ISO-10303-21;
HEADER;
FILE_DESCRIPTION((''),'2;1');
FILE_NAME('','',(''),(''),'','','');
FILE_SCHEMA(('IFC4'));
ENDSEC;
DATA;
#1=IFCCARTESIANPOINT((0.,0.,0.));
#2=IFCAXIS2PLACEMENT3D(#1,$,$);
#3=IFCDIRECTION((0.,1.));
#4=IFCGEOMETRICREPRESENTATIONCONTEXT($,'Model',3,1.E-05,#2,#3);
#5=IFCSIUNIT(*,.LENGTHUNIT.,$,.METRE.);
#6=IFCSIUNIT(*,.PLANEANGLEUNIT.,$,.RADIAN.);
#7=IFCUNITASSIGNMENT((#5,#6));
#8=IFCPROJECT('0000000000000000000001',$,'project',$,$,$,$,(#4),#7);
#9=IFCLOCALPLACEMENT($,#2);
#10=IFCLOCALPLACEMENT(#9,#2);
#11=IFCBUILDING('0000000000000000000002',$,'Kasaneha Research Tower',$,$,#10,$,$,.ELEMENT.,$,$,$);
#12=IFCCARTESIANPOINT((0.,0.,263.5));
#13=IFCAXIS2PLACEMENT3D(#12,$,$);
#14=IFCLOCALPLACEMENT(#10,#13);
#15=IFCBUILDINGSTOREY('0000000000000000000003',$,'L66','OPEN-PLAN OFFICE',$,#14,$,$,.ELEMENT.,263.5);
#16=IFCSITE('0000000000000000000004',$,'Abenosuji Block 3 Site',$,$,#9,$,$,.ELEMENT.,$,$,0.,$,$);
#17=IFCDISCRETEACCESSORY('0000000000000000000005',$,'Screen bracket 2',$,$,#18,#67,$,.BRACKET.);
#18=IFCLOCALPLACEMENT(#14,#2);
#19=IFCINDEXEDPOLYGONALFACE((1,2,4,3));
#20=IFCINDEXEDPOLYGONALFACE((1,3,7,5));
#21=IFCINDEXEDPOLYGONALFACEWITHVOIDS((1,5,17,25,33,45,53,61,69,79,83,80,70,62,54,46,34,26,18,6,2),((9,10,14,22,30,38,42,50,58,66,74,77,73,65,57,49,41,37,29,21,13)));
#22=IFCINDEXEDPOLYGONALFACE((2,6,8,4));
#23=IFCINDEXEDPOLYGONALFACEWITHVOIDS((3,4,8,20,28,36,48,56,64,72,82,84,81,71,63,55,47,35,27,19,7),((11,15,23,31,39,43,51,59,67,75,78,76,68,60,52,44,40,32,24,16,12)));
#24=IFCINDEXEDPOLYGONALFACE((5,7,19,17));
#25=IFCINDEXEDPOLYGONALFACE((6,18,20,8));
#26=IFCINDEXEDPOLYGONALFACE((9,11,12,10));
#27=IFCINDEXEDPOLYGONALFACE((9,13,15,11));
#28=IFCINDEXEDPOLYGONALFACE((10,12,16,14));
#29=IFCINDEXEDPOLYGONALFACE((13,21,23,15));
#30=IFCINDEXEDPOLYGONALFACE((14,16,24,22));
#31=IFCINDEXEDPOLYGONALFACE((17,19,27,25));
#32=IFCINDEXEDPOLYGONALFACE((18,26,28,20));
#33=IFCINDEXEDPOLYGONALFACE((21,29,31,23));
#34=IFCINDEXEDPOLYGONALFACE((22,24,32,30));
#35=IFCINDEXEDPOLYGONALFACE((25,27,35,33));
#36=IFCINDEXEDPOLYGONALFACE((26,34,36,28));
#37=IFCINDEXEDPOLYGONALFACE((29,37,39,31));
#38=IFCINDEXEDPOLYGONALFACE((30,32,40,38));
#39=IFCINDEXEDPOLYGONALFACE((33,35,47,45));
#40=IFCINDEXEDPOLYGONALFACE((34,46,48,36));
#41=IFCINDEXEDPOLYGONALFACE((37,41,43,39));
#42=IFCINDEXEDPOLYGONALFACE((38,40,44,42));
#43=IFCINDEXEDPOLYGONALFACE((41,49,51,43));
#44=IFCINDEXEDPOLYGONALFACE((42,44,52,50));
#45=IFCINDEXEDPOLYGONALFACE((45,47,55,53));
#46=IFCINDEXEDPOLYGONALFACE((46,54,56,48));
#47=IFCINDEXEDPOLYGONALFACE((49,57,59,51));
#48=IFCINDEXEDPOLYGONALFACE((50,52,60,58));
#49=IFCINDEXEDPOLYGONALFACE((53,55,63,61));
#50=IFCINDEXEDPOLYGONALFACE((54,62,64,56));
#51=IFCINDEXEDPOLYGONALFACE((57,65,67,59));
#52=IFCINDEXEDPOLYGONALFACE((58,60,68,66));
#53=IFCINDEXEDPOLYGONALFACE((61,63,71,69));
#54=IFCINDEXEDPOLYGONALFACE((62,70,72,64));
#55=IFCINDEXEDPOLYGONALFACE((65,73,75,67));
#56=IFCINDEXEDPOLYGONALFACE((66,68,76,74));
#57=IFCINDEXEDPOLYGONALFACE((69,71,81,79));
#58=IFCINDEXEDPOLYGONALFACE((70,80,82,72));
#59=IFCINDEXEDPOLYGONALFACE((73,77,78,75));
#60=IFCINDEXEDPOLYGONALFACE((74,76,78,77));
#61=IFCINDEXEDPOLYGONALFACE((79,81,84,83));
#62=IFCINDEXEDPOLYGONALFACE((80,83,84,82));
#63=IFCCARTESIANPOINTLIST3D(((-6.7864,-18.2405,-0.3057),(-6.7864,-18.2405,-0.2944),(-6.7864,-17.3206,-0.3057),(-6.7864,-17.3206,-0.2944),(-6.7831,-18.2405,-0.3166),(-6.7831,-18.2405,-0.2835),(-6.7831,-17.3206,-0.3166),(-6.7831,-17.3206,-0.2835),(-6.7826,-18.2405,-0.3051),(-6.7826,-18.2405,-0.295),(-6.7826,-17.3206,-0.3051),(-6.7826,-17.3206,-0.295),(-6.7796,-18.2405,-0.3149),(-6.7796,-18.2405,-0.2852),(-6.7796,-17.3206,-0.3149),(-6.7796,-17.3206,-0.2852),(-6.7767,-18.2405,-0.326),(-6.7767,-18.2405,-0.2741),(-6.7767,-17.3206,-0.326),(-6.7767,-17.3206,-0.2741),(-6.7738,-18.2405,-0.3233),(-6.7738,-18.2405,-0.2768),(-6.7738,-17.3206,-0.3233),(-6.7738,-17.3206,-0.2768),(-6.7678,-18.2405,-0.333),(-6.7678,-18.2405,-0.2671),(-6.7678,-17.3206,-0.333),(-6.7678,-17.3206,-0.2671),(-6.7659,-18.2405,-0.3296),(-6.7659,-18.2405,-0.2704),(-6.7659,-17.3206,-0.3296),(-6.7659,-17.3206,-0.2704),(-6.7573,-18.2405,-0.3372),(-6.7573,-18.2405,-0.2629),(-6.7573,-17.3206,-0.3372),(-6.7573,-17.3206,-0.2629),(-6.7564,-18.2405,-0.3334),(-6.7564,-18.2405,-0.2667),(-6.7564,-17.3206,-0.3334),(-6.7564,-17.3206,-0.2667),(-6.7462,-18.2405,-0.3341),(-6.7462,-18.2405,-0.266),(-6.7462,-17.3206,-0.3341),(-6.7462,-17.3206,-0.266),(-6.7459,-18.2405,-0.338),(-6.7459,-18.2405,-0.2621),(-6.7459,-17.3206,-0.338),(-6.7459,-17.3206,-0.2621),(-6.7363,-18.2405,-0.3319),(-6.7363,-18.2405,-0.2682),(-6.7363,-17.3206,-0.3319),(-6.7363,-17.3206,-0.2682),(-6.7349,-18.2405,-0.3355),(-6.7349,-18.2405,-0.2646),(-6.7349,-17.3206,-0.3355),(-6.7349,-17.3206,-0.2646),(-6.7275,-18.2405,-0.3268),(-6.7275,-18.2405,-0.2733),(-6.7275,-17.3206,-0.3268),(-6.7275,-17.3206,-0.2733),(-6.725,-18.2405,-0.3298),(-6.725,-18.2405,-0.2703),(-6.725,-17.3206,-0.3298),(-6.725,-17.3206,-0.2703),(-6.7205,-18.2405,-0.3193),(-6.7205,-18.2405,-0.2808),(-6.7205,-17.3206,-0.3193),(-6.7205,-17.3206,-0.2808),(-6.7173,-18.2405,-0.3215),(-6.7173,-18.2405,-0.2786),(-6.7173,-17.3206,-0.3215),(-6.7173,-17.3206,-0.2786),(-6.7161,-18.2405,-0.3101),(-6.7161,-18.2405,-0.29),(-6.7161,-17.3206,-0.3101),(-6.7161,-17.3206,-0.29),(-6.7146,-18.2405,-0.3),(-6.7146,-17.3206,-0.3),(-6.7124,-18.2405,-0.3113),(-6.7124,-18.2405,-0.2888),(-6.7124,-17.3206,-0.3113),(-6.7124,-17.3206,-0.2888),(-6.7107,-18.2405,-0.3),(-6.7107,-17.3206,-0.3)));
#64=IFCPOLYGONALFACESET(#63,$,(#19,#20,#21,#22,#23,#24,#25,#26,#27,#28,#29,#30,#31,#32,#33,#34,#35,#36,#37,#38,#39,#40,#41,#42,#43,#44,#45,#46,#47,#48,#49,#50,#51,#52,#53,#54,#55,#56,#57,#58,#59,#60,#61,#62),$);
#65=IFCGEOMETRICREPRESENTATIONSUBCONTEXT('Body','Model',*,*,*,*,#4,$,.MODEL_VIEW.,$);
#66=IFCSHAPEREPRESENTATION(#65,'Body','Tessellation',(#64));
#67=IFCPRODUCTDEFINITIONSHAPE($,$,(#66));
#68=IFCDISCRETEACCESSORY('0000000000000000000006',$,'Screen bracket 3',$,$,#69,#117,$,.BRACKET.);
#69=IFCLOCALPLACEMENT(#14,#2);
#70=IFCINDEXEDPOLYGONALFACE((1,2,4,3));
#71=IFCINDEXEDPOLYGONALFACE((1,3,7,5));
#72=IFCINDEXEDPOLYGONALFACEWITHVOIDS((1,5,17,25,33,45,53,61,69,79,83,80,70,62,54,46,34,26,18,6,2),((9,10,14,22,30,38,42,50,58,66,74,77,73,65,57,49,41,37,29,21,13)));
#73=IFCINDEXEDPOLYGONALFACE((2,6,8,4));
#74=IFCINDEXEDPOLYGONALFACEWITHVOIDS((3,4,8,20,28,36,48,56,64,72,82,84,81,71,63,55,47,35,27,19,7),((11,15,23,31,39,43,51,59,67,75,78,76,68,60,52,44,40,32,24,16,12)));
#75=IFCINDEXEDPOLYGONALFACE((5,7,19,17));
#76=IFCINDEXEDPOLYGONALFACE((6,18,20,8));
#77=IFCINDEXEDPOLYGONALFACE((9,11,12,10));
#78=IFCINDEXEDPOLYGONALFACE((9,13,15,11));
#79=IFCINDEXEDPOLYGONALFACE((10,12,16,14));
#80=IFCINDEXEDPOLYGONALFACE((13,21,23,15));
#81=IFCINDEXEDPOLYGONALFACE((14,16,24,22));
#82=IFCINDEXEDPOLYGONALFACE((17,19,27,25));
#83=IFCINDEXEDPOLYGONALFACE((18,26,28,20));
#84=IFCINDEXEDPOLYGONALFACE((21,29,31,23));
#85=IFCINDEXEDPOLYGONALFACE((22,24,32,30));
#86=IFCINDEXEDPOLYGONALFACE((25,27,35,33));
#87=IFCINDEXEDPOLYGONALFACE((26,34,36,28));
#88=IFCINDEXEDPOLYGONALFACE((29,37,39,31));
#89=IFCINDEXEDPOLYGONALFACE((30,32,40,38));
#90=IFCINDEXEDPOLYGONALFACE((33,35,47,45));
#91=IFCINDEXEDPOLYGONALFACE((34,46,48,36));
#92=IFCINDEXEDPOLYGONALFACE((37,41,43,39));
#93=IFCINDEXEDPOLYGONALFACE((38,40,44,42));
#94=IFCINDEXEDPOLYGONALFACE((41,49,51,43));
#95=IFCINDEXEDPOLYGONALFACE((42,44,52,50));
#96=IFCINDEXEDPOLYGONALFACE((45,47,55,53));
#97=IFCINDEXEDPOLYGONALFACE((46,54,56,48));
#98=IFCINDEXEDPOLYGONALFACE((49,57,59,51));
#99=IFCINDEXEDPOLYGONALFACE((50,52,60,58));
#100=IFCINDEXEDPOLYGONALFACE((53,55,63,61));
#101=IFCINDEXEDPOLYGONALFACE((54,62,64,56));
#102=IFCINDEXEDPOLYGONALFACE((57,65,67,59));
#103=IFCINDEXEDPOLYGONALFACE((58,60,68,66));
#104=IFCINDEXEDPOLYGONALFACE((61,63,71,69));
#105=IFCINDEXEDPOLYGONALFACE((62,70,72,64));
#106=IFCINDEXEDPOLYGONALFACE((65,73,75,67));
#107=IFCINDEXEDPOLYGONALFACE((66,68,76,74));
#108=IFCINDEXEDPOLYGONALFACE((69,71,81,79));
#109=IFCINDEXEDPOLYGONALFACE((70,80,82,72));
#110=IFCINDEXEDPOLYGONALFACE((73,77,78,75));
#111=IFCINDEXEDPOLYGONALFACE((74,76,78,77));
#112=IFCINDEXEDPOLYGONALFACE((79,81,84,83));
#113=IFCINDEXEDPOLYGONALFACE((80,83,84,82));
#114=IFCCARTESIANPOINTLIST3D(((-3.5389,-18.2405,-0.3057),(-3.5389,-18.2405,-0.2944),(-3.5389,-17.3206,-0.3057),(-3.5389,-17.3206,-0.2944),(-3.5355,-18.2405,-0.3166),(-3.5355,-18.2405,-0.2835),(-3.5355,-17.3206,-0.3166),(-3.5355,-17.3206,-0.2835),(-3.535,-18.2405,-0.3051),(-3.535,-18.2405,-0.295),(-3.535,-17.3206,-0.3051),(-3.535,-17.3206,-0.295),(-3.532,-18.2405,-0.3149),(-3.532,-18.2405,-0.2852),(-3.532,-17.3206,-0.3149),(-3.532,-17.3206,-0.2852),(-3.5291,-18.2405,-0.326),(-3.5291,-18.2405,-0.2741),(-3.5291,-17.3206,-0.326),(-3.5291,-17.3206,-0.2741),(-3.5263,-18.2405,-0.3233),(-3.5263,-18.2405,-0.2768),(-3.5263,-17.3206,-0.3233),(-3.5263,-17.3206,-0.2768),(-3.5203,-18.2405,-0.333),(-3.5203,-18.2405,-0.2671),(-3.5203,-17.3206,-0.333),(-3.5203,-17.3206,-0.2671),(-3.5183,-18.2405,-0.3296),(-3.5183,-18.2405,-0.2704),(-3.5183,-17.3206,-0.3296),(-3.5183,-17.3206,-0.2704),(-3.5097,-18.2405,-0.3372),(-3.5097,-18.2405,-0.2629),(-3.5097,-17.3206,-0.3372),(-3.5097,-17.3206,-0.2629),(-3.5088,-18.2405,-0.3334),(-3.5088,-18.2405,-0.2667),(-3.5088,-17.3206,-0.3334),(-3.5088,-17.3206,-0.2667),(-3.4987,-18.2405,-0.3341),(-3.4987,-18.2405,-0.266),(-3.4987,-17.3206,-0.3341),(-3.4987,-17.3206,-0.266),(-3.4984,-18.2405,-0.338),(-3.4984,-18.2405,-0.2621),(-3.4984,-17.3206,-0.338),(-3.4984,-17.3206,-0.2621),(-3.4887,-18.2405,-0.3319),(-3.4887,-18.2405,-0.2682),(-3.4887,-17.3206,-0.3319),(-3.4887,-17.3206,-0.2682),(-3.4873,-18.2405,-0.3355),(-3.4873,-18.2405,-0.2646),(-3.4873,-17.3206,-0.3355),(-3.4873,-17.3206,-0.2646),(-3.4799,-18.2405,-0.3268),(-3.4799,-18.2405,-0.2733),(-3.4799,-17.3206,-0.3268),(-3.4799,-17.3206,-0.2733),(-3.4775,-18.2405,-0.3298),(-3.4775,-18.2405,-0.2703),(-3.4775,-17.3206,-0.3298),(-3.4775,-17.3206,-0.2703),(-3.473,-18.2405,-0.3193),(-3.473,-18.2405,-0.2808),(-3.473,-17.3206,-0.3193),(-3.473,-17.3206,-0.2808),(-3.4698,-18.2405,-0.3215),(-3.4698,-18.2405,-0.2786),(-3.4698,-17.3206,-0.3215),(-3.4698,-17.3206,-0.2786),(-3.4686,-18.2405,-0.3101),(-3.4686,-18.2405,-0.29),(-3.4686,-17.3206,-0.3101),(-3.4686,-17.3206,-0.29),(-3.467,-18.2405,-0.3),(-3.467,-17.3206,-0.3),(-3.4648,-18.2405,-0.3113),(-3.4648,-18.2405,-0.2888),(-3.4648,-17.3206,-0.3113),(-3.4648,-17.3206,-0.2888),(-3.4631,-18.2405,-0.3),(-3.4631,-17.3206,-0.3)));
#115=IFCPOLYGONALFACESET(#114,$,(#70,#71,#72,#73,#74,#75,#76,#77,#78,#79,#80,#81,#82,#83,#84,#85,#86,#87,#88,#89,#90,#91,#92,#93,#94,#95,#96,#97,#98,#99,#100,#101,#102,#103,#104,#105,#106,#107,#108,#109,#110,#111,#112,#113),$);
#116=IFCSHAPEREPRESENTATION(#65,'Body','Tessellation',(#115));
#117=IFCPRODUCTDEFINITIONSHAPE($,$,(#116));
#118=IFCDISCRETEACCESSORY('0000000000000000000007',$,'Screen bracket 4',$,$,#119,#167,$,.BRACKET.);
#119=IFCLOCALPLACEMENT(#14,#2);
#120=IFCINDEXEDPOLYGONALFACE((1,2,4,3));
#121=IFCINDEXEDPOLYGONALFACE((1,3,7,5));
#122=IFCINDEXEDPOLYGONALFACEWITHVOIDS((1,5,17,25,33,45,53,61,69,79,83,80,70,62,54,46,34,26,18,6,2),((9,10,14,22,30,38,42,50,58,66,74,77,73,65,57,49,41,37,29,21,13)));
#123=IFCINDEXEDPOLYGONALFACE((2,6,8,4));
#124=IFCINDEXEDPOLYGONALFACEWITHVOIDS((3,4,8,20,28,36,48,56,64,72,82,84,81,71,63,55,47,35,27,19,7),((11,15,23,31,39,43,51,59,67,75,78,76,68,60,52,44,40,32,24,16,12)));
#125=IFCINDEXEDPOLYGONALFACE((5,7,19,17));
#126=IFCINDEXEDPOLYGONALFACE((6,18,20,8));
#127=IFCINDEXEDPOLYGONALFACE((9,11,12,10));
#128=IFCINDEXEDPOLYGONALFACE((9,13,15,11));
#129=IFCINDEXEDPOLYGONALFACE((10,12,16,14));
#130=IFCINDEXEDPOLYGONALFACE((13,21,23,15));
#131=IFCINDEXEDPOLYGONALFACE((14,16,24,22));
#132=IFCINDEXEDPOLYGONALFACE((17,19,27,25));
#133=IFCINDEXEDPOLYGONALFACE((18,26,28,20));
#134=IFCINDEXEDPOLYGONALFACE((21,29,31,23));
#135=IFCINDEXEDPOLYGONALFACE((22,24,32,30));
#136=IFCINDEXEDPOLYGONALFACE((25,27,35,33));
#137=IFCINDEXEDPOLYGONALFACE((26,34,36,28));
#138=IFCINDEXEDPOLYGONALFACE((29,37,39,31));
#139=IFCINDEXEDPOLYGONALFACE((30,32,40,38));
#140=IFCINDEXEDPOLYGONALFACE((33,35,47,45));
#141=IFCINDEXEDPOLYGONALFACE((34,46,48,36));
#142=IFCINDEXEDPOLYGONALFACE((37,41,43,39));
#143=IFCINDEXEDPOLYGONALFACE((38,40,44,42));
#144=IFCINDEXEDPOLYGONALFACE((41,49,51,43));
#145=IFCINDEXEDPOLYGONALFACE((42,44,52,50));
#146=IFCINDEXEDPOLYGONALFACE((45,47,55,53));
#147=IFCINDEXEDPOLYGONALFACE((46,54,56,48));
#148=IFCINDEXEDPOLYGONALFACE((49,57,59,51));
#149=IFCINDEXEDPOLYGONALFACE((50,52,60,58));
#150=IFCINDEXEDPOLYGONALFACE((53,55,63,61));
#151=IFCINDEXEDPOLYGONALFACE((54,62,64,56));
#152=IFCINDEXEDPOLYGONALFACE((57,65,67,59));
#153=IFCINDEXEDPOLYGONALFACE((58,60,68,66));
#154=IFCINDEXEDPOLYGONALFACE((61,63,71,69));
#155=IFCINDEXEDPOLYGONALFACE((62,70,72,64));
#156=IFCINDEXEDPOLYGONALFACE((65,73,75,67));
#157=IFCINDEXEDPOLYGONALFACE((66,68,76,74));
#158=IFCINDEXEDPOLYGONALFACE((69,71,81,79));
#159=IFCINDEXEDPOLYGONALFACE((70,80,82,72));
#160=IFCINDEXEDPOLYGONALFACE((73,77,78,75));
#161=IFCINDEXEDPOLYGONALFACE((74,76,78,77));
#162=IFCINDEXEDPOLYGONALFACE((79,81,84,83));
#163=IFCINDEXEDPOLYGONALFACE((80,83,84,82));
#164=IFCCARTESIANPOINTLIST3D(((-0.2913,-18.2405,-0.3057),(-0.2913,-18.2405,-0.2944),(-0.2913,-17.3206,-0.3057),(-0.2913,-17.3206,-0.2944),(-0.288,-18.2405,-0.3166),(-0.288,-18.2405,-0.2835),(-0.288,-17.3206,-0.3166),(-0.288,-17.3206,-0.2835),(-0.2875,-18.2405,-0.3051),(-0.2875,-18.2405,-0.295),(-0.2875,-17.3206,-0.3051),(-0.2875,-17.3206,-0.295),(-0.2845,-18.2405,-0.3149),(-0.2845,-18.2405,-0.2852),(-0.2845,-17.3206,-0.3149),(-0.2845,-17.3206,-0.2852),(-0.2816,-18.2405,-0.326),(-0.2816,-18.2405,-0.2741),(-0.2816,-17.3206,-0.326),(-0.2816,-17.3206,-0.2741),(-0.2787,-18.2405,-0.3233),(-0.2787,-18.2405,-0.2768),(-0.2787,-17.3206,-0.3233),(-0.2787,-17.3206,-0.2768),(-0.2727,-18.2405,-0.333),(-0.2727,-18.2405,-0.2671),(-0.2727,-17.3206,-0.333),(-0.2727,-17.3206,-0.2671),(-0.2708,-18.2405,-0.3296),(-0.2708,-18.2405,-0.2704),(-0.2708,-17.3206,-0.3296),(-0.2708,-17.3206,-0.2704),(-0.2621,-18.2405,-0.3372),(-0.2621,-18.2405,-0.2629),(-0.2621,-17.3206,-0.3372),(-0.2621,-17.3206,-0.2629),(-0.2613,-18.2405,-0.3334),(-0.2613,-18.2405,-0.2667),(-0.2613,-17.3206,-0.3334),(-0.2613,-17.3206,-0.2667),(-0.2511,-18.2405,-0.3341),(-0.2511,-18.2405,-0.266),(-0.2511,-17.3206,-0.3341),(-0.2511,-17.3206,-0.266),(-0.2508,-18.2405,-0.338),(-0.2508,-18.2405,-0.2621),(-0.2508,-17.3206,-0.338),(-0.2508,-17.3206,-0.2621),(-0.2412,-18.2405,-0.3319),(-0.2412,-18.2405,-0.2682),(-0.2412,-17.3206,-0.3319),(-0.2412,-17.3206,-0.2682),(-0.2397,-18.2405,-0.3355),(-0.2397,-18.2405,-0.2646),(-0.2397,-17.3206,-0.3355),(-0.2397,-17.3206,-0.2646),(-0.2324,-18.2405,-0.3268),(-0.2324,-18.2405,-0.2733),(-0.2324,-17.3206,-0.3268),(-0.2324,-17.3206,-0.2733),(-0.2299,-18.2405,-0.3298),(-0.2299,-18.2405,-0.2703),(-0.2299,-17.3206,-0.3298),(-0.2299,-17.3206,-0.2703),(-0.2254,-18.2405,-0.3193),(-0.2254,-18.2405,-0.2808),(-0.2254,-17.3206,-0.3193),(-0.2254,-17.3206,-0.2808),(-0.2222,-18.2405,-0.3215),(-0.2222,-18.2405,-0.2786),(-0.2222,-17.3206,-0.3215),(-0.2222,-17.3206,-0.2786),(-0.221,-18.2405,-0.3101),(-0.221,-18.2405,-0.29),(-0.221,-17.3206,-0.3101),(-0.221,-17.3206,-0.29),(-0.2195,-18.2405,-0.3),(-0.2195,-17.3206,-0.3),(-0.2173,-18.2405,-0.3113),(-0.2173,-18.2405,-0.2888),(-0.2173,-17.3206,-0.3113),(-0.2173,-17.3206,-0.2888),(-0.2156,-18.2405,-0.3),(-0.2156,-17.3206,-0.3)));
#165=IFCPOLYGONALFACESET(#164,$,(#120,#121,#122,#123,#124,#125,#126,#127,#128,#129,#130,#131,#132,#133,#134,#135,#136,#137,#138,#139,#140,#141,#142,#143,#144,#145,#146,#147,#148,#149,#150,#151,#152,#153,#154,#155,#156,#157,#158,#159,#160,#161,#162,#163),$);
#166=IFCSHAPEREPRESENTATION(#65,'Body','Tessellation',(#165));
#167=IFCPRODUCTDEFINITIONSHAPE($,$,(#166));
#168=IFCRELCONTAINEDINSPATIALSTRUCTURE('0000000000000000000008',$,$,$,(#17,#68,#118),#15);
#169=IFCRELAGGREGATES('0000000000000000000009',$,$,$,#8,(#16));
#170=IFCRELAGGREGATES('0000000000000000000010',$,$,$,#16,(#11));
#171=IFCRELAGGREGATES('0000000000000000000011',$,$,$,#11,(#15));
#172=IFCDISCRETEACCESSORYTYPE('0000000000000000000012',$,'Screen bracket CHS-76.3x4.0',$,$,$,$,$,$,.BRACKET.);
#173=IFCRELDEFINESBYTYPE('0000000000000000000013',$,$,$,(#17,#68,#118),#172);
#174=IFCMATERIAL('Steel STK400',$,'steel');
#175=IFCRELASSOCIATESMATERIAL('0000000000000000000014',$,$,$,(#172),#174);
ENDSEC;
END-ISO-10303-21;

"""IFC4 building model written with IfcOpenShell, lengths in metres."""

from ifc_helpers import new_model, si_unit, direction, frame, origin, origin_2d, place, context, subcontext, project, spatial, hollow_circle, extrude, material, material_profile, profile_set, type_object, element, save


model = new_model("IFC4")

# Units and contexts
model_context = context("Model", 3, precision=1e-05, world=origin(), true_north=direction((0.0, 1.0)))
body_context = subcontext(model_context, "Body", "Model", "MODEL_VIEW")
ifc_project = project(units=[si_unit("LENGTHUNIT", "METRE"), si_unit("PLANEANGLEUNIT", "RADIAN")], contexts=[model_context])

# Site, building, storey
site_placement = place(None, origin())
site = spatial("IfcSite", under=ifc_project, at=site_placement, Name="Abenosuji Block 3 Site", CompositionType="ELEMENT", RefElevation=0.0)
building_placement = place(site_placement, origin())
building = spatial("IfcBuilding", under=site, at=building_placement, Name="Kasaneha Research Tower", CompositionType="ELEMENT")
storey_placement = place(building_placement, frame((0.0, 0.0, 263.5)))
storey = spatial("IfcBuildingStorey", under=building, at=storey_placement, Name="L66", Description="OPEN-PLAN OFFICE", CompositionType="ELEMENT", Elevation=263.5)

# Discrete accessories
ifc_material_1 = material(Name="Steel STK400", Category="steel")
ifc_material_profile_1 = material_profile(ifc_material_1, hollow_circle(Radius=0.0381, WallThickness=0.0039, at=origin_2d()), Name="CHS-76.3x4.0")
ifc_profile_set_1 = profile_set([ifc_material_profile_1], Name="Steel STK400")
discrete_accessory_type = type_object("IfcDiscreteAccessoryType", Name="Screen bracket CHS-76.3x4.0", PredefinedType="BRACKET", material=ifc_profile_set_1)
for number, where, z_axis, x_axis, name in (
    (1, (-6.7488, -17.3206, -0.3), (0.0, -1.0, 0.0), (1.0, 0.0, 0.0), "Screen bracket 2"),
    (2, (-3.5012, -17.3206, -0.3), (0.0, -1.0, 0.0), (1.0, 0.0, 0.0), "Screen bracket 3"),
    (3, (-0.2537, -17.3206, -0.3), (0.0, -1.0, 0.0), (1.0, 0.0, 0.0), "Screen bracket 4"),
):
    element("IfcDiscreteAccessory", number, at=place(storey_placement, frame(where, z_axis=z_axis, x_axis=x_axis)), inside=storey, type_object=discrete_accessory_type, Name=name, PredefinedType="BRACKET", context=body_context, shape_type="SweptSolid", body=[
        extrude(hollow_circle(Radius=0.0381, WallThickness=0.0039, at=origin_2d()), origin(), (0.0, 0.0, 1.0), 0.9199),
    ])

save(model, "model.ifc")
